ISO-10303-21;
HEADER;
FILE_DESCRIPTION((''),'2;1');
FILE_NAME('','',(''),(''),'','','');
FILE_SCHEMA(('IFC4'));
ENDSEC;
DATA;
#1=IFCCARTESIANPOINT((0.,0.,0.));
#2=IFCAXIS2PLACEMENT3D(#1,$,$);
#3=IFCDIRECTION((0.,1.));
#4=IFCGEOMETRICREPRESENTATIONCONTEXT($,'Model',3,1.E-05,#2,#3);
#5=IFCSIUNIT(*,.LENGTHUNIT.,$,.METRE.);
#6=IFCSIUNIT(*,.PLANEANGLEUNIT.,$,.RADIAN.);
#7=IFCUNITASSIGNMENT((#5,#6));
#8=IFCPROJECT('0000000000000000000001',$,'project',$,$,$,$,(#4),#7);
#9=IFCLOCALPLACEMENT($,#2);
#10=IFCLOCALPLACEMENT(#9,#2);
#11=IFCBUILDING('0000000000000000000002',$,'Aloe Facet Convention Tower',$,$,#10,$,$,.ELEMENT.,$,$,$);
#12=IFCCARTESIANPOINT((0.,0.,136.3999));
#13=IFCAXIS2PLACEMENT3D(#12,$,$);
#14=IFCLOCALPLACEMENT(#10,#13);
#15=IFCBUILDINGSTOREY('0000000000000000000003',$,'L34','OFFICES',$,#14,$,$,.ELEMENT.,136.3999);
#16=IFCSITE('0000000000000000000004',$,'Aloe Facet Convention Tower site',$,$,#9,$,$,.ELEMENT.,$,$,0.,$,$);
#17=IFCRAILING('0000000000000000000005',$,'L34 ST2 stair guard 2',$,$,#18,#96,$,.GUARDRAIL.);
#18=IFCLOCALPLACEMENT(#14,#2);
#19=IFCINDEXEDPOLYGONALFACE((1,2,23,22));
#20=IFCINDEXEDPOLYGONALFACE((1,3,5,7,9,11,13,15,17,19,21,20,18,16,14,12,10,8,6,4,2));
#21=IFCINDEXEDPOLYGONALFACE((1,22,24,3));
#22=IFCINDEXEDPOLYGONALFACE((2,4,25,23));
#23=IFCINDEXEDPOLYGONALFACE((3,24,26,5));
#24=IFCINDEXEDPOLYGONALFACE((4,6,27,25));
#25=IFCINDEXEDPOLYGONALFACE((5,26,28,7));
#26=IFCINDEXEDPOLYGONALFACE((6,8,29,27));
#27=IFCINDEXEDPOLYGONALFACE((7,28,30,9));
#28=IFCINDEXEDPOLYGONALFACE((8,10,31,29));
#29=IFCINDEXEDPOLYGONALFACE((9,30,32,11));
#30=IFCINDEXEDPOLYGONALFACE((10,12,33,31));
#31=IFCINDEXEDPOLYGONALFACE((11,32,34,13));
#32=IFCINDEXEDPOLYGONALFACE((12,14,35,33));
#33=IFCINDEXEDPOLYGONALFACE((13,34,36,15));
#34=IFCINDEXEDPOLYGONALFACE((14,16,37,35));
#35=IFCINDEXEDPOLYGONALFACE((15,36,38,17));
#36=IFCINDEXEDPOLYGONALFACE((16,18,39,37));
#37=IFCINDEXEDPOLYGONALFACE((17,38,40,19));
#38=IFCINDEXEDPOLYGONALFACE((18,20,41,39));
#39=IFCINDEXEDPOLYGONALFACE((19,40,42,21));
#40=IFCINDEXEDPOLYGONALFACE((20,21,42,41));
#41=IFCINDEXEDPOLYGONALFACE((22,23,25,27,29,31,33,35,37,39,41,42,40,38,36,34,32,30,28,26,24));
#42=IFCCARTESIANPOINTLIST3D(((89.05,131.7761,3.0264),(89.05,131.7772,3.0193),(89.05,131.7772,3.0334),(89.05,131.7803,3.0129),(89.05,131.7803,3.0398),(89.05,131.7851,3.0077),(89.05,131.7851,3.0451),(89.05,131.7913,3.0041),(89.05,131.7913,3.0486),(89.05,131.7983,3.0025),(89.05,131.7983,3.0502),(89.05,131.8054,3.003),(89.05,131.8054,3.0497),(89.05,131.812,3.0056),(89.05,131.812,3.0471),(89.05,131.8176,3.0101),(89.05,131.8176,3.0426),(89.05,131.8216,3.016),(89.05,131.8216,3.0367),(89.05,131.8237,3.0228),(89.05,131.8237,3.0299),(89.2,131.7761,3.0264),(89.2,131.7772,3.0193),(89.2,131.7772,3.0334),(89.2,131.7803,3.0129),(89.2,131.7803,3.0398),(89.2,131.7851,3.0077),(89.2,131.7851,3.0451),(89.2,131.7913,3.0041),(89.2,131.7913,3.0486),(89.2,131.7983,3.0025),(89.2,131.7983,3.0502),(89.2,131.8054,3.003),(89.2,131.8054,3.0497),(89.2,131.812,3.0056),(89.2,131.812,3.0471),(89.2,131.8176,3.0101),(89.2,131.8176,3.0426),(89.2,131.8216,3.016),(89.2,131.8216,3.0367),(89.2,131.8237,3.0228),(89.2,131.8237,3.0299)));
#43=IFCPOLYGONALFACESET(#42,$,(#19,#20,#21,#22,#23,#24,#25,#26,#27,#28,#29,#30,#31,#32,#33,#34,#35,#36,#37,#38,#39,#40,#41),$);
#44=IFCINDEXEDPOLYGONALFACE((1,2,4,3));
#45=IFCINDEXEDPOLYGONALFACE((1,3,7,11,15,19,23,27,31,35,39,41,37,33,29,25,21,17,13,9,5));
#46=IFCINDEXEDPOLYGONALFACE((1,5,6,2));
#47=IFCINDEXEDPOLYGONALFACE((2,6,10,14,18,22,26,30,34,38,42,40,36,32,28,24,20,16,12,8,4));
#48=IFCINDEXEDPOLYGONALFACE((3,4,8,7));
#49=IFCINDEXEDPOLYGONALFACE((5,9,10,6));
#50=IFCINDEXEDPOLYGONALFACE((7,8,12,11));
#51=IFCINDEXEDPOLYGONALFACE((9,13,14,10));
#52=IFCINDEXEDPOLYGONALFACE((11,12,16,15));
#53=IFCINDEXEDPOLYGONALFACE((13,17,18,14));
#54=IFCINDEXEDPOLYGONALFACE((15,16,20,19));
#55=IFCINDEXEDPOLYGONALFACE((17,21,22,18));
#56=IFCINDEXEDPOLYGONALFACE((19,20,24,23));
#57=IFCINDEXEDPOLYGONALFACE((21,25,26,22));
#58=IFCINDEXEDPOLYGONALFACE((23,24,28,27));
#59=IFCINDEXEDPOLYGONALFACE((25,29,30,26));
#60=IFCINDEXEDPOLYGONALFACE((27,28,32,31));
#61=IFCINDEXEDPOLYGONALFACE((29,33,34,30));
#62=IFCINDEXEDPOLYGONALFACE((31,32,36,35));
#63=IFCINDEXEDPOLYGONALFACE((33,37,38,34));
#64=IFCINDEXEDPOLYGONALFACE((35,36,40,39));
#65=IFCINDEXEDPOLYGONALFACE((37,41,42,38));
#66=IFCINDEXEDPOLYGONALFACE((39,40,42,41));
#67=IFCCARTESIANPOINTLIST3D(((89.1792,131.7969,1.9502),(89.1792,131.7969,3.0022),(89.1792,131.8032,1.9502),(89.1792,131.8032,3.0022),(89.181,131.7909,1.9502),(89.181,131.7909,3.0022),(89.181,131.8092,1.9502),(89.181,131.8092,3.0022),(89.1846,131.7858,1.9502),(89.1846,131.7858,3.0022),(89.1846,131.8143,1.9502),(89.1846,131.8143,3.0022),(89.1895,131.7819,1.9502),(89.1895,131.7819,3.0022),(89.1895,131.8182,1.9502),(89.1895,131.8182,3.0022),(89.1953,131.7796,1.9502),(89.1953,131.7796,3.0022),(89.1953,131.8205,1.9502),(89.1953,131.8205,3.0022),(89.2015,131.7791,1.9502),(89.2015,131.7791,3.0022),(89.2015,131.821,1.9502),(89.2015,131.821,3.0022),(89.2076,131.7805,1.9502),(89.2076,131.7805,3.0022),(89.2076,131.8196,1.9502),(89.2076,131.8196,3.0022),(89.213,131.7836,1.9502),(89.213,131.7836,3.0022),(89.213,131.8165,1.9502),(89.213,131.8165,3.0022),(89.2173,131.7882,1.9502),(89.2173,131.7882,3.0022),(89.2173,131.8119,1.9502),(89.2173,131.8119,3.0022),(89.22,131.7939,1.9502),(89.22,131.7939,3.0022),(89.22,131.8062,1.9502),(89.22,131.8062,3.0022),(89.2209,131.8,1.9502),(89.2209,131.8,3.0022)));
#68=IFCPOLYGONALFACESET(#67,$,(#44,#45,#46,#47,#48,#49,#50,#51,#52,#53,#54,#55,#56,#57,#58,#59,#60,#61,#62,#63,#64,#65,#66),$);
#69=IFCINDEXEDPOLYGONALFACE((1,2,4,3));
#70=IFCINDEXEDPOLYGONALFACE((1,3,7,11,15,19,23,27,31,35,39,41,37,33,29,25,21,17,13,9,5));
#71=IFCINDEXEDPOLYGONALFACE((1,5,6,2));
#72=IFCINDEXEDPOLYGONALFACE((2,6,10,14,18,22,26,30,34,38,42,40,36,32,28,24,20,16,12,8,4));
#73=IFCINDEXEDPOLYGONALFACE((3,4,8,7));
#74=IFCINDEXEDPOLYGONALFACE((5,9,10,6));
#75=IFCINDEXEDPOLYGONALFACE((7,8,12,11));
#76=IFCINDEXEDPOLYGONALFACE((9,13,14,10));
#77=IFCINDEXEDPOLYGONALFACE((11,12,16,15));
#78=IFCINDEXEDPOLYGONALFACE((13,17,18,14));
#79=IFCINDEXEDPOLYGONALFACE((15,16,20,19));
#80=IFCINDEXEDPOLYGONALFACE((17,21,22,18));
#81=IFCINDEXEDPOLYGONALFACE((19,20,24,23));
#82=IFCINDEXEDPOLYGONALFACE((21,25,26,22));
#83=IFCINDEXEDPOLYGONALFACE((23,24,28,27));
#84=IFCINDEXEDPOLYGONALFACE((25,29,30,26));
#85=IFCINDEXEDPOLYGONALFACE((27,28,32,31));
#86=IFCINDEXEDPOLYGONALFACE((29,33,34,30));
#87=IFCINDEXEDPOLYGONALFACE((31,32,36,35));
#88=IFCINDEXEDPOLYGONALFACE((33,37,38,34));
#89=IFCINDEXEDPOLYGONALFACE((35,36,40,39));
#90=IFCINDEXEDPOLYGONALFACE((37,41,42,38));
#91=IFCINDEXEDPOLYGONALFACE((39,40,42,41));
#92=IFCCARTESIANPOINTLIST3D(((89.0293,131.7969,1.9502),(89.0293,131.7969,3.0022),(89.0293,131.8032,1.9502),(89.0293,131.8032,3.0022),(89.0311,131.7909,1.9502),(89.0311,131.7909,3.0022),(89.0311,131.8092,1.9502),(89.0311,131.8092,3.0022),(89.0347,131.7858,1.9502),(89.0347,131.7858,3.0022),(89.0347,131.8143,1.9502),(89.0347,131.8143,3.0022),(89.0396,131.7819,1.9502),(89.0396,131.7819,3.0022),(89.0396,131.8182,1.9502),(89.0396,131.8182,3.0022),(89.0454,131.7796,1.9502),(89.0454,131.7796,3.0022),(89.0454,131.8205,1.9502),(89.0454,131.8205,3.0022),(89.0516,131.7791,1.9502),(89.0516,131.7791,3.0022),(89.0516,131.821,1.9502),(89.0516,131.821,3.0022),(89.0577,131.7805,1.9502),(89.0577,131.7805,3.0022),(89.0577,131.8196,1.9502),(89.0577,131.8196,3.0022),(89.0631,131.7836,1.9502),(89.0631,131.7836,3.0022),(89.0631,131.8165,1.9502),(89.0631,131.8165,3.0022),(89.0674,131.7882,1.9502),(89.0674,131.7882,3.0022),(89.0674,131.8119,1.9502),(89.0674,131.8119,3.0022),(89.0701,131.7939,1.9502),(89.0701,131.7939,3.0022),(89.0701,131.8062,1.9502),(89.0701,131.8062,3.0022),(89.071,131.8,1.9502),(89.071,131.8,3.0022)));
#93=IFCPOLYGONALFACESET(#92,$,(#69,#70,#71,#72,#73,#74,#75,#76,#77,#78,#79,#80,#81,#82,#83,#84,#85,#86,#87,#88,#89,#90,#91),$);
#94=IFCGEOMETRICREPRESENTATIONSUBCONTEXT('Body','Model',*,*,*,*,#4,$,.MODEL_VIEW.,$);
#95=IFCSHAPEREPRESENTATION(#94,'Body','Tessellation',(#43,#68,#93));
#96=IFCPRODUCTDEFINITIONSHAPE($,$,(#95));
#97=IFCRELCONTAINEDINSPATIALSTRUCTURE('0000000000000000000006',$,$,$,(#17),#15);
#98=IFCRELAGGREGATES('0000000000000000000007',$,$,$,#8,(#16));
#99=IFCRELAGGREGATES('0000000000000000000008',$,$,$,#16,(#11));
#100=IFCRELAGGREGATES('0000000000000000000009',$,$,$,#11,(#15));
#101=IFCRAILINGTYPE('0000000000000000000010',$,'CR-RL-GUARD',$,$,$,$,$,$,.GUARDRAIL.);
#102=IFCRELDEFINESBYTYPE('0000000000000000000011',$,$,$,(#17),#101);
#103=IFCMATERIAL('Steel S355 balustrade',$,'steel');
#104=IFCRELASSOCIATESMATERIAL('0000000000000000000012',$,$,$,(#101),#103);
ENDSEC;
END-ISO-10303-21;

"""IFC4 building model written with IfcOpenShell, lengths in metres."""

from ifc_helpers import new_model, si_unit, direction, frame, origin, origin_2d, place, context, subcontext, project, spatial, circle, extrude, material, type_object, element, save


model = new_model("IFC4")

# Units and contexts
model_context = context("Model", 3, precision=1e-05, world=origin(), true_north=direction((0.0, 1.0)))
body_context = subcontext(model_context, "Body", "Model", "MODEL_VIEW")
ifc_project = project(units=[si_unit("LENGTHUNIT", "METRE"), si_unit("PLANEANGLEUNIT", "RADIAN")], contexts=[model_context])

# Site, building, storey
site_placement = place(None, origin())
site = spatial("IfcSite", under=ifc_project, at=site_placement, Name="Aloe Facet Convention Tower site", CompositionType="ELEMENT", RefElevation=0.0)
building_placement = place(site_placement, origin())
building = spatial("IfcBuilding", under=site, at=building_placement, Name="Aloe Facet Convention Tower", CompositionType="ELEMENT")
storey_placement = place(building_placement, frame((0.0, 0.0, 136.3999)))
storey = spatial("IfcBuildingStorey", under=building, at=storey_placement, Name="L34", Description="OFFICES", CompositionType="ELEMENT", Elevation=136.3999)

# Railing
ifc_material_1 = material(Name="Steel S355 balustrade", Category="steel")
railing_type_1 = type_object("IfcRailingType", Name="CR-RL-GUARD", PredefinedType="GUARDRAIL", material=ifc_material_1)
railing_1_placement = place(storey_placement, frame((89.2, 131.8, 1.9502)))
element("IfcRailing", 1, at=railing_1_placement, inside=storey, type_object=railing_type_1, Name="L34 ST2 stair guard 2", PredefinedType="GUARDRAIL", context=body_context, shape_type="SweptSolid", body=[
    extrude(circle(Radius=0.0239, at=origin_2d()), frame((0.0, 0.0, 1.0762), z_axis=(-1.0, 0.0, 0.0), x_axis=(0.0, -1.0, 0.0)), (0.0, 0.0, 1.0), 0.1499),
    extrude(circle(Radius=0.021, at=origin_2d()), origin(), (0.0, 0.0, 1.0), 1.052),
    extrude(circle(Radius=0.021, at=origin_2d()), frame((-0.1499, 0.0, 0.0)), (0.0, 0.0, 1.0), 1.052),
])

save(model, "model.ifc")
